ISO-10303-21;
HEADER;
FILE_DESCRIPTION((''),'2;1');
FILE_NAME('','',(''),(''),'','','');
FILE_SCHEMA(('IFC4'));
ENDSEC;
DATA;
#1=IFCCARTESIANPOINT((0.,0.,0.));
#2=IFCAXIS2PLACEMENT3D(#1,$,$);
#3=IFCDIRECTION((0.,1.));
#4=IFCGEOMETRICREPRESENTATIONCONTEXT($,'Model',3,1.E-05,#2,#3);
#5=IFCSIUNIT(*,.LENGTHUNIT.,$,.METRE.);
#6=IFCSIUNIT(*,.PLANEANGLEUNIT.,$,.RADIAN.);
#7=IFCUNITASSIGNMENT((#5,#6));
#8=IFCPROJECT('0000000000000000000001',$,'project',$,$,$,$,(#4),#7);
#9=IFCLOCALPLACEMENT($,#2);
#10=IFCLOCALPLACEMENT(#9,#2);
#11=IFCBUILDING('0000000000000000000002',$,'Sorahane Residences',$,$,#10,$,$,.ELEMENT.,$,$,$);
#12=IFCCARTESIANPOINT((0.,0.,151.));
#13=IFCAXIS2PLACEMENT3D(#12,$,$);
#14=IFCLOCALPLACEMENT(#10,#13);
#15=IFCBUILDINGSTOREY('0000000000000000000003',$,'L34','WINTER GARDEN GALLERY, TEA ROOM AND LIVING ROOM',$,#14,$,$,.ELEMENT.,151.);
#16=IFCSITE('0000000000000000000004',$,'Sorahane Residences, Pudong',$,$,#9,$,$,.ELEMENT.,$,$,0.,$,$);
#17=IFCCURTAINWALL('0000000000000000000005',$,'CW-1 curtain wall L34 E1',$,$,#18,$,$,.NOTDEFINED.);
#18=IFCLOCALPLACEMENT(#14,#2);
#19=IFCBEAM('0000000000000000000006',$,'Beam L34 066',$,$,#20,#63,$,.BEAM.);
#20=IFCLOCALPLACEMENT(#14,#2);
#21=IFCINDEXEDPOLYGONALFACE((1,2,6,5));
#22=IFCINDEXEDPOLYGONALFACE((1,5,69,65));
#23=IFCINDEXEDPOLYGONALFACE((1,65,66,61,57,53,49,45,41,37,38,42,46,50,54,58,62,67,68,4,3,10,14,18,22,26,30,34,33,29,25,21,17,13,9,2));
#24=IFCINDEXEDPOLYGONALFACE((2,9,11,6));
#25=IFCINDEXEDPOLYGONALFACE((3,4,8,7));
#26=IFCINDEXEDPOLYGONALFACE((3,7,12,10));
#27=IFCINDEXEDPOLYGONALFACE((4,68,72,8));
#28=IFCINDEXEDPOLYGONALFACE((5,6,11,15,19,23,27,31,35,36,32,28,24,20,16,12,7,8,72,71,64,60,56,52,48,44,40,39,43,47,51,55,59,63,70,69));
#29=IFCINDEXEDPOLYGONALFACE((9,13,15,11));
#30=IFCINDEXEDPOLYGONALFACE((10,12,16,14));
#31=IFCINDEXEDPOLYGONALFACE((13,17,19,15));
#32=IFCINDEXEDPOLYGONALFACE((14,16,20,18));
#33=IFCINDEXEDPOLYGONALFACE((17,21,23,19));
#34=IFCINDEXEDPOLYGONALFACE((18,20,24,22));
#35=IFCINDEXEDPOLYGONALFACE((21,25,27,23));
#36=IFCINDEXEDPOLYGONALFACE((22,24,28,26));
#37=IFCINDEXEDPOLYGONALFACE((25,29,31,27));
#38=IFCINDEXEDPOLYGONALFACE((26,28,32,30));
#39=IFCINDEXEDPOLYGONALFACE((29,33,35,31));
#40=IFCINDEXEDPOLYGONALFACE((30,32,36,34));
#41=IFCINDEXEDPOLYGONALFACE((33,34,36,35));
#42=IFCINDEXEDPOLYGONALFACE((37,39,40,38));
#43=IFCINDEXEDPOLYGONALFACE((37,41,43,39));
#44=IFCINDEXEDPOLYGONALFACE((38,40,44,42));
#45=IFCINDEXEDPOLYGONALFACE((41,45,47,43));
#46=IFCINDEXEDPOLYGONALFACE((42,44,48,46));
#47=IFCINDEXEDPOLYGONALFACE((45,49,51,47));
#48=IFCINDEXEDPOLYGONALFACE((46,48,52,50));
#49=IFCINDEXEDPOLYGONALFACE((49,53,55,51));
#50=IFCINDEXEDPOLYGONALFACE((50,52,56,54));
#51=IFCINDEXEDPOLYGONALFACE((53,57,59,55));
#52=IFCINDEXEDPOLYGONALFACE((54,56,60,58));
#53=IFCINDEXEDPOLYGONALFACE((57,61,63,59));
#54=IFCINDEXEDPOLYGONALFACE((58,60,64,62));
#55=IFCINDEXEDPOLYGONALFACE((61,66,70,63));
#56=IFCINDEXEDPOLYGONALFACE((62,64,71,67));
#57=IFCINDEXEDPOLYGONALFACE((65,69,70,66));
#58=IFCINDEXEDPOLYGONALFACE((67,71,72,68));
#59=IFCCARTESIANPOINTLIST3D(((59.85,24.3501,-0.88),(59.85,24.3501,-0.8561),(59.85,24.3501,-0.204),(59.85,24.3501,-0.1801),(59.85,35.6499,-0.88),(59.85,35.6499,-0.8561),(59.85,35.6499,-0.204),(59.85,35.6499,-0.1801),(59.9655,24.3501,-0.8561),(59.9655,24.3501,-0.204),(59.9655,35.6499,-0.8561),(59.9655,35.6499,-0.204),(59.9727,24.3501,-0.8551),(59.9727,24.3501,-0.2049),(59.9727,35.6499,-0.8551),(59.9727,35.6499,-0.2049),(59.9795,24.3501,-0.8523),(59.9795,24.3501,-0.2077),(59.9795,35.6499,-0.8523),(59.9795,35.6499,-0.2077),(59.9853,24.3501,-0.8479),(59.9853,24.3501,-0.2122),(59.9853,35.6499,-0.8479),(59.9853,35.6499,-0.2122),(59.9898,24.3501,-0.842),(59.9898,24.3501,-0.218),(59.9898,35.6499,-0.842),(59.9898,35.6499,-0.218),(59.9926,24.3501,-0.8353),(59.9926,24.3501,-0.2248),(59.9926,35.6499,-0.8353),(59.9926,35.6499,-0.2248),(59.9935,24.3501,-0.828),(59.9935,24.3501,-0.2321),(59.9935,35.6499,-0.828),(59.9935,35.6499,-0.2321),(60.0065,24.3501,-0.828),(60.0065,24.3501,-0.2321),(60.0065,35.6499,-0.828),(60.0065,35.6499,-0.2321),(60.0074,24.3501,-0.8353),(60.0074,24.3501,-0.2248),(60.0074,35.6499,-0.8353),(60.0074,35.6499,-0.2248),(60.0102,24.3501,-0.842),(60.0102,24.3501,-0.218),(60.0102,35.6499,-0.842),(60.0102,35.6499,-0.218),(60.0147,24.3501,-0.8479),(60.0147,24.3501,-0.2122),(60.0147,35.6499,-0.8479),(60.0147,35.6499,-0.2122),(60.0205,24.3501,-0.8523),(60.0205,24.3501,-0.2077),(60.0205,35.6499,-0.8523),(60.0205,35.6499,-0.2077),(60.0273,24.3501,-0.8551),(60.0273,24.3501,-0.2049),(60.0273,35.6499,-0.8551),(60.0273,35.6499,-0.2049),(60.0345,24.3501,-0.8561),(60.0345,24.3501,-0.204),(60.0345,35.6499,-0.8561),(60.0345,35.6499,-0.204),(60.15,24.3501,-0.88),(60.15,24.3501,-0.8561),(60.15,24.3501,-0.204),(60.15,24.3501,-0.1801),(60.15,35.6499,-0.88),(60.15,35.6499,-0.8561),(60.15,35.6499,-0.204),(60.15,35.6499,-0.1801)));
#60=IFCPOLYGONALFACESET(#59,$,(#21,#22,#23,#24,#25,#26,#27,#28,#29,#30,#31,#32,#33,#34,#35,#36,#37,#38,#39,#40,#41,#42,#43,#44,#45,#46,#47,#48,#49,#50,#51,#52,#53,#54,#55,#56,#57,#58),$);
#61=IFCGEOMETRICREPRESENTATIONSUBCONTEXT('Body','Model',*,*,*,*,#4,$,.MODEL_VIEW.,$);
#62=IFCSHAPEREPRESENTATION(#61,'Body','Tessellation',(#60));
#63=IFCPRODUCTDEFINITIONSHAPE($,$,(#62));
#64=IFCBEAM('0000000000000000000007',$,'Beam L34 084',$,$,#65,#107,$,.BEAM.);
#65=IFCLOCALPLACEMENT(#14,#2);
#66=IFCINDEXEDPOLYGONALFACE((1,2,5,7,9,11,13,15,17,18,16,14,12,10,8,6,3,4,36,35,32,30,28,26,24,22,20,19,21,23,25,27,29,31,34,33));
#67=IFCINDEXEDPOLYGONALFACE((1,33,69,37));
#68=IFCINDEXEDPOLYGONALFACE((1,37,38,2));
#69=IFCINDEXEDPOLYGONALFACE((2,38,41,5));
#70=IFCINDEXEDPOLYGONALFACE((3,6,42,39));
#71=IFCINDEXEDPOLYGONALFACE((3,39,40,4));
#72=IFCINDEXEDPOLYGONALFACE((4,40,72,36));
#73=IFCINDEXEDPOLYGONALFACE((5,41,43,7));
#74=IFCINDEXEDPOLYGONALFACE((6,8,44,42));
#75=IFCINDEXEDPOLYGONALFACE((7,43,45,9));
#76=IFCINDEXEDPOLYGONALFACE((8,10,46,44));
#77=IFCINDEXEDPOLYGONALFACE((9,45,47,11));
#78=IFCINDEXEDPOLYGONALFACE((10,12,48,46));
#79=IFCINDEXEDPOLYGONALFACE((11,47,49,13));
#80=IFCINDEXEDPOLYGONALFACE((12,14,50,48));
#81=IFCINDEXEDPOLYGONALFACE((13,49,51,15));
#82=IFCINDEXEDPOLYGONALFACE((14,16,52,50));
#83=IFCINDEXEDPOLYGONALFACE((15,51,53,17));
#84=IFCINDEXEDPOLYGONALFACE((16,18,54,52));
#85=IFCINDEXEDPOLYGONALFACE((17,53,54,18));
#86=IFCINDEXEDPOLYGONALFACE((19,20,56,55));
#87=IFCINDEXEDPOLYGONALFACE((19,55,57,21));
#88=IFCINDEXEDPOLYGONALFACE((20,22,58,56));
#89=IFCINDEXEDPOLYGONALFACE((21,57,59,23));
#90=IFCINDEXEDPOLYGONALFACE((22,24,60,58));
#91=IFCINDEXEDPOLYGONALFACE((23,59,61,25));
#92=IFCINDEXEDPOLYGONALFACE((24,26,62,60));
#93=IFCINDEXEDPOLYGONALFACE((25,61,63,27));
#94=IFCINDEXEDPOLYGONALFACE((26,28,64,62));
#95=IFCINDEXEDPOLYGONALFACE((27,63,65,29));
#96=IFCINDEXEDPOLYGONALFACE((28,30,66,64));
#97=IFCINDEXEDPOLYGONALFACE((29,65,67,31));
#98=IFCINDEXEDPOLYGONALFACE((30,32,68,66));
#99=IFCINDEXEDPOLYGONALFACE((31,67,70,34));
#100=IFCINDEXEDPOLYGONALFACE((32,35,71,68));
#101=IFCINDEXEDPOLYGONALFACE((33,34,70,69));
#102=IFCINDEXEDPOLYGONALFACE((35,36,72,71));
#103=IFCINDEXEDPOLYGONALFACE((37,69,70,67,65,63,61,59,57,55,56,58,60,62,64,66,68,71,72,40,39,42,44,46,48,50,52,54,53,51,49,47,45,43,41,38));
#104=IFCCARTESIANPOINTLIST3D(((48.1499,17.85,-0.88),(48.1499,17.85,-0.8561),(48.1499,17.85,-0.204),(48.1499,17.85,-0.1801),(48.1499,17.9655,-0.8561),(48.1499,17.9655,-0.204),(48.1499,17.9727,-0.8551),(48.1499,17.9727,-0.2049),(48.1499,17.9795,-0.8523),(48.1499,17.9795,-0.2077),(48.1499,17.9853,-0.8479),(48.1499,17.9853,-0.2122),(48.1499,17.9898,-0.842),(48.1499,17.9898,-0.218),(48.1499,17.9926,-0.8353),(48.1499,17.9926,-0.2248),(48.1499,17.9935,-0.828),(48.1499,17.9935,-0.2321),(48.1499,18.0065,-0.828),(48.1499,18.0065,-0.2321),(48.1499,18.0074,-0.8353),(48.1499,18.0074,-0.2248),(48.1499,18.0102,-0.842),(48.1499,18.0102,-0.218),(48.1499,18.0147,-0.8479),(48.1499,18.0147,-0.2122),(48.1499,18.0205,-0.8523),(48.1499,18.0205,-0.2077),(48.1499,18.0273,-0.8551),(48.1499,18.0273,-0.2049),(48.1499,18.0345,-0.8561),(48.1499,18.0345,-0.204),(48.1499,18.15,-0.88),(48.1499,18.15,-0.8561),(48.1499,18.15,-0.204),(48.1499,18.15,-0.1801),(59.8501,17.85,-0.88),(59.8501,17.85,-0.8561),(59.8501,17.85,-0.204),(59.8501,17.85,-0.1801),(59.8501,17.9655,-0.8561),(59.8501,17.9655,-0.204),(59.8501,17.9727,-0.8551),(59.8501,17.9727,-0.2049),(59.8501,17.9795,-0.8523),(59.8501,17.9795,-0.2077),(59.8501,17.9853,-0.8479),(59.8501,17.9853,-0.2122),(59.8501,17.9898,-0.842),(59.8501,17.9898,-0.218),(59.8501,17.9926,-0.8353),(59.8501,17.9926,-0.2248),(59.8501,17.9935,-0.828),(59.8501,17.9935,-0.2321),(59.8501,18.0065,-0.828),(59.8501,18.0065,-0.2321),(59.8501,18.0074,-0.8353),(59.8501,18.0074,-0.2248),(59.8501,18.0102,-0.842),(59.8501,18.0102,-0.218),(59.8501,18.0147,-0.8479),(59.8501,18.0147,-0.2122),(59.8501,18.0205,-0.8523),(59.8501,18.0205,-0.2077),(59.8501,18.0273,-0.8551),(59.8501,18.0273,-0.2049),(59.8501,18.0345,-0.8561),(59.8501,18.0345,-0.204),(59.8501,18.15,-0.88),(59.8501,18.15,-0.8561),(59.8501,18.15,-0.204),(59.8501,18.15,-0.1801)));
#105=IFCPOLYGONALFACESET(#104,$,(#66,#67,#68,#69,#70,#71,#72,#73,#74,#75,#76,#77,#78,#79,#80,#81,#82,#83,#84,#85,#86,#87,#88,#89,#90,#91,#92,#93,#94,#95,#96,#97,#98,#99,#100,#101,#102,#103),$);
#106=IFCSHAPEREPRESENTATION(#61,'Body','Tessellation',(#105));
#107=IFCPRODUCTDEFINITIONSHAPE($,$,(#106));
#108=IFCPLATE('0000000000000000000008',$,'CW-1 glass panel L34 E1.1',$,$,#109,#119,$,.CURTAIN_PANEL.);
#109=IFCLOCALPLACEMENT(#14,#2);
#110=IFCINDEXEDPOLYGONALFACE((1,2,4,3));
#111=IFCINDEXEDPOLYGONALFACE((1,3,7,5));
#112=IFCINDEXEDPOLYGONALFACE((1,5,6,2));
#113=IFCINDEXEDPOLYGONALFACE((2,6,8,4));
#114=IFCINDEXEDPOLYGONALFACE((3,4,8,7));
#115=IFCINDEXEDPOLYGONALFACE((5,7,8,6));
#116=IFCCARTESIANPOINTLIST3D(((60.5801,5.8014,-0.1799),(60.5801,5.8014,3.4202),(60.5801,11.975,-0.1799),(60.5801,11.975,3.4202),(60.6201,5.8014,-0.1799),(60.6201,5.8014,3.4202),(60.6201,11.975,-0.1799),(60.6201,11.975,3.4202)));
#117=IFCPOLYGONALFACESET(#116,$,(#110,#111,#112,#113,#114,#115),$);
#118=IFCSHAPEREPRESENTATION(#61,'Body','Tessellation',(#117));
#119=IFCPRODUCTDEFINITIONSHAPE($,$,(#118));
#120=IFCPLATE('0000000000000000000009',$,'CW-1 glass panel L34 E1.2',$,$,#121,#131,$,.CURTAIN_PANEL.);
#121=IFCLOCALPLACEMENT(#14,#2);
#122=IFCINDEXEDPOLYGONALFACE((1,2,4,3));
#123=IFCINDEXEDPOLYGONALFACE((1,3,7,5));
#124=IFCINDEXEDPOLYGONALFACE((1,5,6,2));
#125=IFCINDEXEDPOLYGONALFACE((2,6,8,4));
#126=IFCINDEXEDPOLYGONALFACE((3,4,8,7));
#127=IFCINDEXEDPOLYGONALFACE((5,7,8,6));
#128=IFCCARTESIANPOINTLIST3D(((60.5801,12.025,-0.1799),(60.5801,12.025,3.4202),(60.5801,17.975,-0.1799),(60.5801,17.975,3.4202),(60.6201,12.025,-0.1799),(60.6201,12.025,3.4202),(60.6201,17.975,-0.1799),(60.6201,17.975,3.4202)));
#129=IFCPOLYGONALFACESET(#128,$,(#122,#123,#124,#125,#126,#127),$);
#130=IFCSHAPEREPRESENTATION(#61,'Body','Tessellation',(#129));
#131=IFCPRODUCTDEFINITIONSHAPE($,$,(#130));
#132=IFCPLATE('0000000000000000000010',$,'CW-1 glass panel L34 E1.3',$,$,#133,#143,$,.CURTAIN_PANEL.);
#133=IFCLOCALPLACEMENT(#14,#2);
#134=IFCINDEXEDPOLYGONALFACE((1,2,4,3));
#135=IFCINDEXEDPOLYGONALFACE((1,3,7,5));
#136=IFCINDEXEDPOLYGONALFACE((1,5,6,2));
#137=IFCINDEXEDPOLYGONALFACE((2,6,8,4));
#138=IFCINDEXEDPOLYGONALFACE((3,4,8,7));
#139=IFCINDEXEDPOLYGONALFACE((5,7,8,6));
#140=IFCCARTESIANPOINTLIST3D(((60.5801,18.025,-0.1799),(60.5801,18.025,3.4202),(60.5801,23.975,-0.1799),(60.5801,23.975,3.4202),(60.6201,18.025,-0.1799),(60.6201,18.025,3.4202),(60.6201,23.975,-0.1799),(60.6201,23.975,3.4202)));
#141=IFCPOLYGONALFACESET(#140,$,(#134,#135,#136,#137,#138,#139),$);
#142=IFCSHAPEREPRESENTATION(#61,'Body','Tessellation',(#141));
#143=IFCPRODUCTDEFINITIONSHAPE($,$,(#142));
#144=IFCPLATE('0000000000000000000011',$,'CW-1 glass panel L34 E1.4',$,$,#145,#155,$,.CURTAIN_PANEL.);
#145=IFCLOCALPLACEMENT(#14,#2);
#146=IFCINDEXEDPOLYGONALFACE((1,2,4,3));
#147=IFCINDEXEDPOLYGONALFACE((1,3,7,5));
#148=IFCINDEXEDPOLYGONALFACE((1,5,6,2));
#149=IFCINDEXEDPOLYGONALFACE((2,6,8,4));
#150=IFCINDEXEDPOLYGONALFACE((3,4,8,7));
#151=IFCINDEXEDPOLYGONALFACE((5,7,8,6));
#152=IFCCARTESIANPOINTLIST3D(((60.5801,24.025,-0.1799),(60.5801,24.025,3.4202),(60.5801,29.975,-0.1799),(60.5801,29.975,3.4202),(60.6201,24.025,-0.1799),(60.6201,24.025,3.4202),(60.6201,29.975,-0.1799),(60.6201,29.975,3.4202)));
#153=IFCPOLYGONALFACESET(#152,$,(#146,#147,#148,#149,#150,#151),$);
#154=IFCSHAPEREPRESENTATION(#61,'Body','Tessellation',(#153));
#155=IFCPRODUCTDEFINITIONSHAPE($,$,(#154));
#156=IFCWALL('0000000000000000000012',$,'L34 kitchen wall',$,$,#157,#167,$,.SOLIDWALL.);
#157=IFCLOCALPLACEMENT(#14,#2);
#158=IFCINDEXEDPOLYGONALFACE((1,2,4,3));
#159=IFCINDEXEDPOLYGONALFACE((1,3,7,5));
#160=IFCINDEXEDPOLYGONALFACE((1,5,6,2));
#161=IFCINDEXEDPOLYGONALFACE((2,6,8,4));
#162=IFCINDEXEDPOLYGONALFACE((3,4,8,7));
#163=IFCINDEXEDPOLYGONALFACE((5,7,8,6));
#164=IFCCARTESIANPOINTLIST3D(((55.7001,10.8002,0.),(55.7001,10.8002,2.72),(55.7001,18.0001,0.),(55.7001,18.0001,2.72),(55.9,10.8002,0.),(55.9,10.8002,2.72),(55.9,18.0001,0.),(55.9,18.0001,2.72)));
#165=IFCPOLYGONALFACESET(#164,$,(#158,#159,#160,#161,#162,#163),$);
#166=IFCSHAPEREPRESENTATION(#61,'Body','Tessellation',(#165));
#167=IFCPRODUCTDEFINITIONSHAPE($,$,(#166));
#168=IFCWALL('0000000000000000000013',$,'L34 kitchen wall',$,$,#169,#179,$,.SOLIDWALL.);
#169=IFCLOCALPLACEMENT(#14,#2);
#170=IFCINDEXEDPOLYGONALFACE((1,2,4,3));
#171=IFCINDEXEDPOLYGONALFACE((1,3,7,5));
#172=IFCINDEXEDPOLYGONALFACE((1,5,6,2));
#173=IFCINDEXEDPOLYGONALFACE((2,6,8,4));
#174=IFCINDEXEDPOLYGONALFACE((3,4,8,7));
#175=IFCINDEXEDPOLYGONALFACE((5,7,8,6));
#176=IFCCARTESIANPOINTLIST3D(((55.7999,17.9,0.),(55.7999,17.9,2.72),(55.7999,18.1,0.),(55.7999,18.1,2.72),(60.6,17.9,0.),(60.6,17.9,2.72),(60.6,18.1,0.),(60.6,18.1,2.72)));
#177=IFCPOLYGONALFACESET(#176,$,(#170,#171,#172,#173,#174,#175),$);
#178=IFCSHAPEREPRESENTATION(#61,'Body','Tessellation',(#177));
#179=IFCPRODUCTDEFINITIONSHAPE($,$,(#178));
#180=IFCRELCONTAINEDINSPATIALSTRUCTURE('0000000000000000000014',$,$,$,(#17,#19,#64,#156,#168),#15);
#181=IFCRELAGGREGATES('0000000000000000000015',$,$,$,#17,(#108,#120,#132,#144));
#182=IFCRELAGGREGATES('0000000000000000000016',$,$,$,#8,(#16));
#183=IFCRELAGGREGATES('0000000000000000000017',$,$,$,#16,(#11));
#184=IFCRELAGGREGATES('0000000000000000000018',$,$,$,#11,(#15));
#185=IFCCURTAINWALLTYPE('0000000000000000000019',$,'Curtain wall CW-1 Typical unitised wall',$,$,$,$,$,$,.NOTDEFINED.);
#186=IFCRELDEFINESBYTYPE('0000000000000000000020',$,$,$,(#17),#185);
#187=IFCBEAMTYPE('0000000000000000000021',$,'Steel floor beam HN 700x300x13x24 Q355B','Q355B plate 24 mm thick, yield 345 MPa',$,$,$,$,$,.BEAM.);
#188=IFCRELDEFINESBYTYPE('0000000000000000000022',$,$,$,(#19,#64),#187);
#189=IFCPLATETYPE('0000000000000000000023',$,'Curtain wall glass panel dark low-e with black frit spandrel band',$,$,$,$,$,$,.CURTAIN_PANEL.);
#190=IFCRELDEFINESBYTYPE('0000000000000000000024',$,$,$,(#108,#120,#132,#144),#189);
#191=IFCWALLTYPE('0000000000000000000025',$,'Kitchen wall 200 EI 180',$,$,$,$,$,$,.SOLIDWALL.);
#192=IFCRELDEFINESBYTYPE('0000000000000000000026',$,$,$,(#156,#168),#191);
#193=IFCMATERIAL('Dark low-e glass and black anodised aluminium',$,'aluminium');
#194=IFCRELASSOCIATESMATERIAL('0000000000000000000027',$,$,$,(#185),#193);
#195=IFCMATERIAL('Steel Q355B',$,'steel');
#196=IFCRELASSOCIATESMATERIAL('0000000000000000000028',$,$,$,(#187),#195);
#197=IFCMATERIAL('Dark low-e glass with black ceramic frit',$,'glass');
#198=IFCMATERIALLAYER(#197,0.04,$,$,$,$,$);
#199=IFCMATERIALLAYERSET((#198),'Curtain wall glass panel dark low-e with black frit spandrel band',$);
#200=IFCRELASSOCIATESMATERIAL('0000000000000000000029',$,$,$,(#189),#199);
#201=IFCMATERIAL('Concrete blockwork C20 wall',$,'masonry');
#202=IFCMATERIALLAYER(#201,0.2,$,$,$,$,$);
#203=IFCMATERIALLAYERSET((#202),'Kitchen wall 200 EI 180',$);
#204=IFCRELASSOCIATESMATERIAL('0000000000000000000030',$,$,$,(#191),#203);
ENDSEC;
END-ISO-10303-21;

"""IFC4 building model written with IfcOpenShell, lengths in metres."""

from ifc_helpers import new_model, si_unit, direction, frame, frame_2d, origin, origin_2d, place, context, subcontext, project, spatial, rectangle, i_section, extrude, material, layer, layer_set, material_profile, profile_set, type_object, element, aggregate, save


model = new_model("IFC4")

# Units and contexts
model_context = context("Model", 3, precision=1e-05, world=origin(), true_north=direction((0.0, 1.0)))
body_context = subcontext(model_context, "Body", "Model", "MODEL_VIEW")
ifc_project = project(units=[si_unit("LENGTHUNIT", "METRE"), si_unit("PLANEANGLEUNIT", "RADIAN")], contexts=[model_context])

# Site, building, storey
site_placement = place(None, origin())
site = spatial("IfcSite", under=ifc_project, at=site_placement, Name="Sorahane Residences, Pudong", CompositionType="ELEMENT", RefElevation=0.0)
building_placement = place(site_placement, origin())
building = spatial("IfcBuilding", under=site, at=building_placement, Name="Sorahane Residences", CompositionType="ELEMENT")
storey_placement = place(building_placement, frame((0.0, 0.0, 151.0)))
storey = spatial("IfcBuildingStorey", under=building, at=storey_placement, Name="L34", Description="WINTER GARDEN GALLERY, TEA ROOM AND LIVING ROOM", CompositionType="ELEMENT", Elevation=151.0)

# Curtain wall
ifc_material_1 = material(Name="Dark low-e glass and black anodised aluminium", Category="aluminium")
curtain_wall_type = type_object("IfcCurtainWallType", Name="Curtain wall CW-1 Typical unitised wall", PredefinedType="NOTDEFINED", material=ifc_material_1)
curtain_wall_placement = place(storey_placement, origin())
curtain_wall = element("IfcCurtainWall", 1, at=curtain_wall_placement, inside=storey, type_object=curtain_wall_type, Name="CW-1 curtain wall L34 E1", PredefinedType="NOTDEFINED")

# Beams
ifc_material_2 = material(Name="Steel Q355B", Category="steel")
ifc_material_profile_1 = material_profile(ifc_material_2, i_section(OverallWidth=0.3, OverallDepth=0.7, WebThickness=0.0129, FlangeThickness=0.0239, FilletRadius=0.0281, at=origin_2d()), Name="HN 700x300x13x24")
ifc_profile_set_1 = profile_set([ifc_material_profile_1], Name="Steel Q355B")
beam_type_1 = type_object("IfcBeamType", Name="Steel floor beam HN 700x300x13x24 Q355B", Description="Q355B plate 24 mm thick, yield 345 MPa", PredefinedType="BEAM", material=ifc_profile_set_1)
for number, where, z_axis, x_axis, name in (
    (2, (60.0, 24.3501, -0.53), (0.0, 1.0, 0.0), (-1.0, 0.0, 0.0), "Beam L34 066"),
):
    element("IfcBeam", number, at=place(storey_placement, frame(where, z_axis=z_axis, x_axis=x_axis)), inside=storey, type_object=beam_type_1, Name=name, PredefinedType="BEAM", context=body_context, shape_type="SweptSolid", body=[
        extrude(i_section(OverallWidth=0.3, OverallDepth=0.7, WebThickness=0.0129, FlangeThickness=0.0239, FilletRadius=0.0281, at=origin_2d()), origin(), (0.0, 0.0, 1.0), 11.2998),
    ])
beam_1_placement = place(storey_placement, frame((48.1499, 18.0, -0.53), z_axis=(1.0, 0.0, 0.0), x_axis=(0.0, 1.0, 0.0)))
element("IfcBeam", 3, at=beam_1_placement, inside=storey, type_object=beam_type_1, Name="Beam L34 084", PredefinedType="BEAM", context=body_context, shape_type="SweptSolid", body=[
    extrude(i_section(OverallWidth=0.3, OverallDepth=0.7, WebThickness=0.0129, FlangeThickness=0.0239, FilletRadius=0.0281, at=origin_2d()), origin(), (0.0, 0.0, 1.0), 11.7002),
])

# Plates
ifc_material_3 = material(Name="Dark low-e glass with black ceramic frit", Category="glass")
ifc_layer_1 = layer(ifc_material_3, 0.04)
ifc_layer_set_1 = layer_set([ifc_layer_1], Name="Curtain wall glass panel dark low-e with black frit spandrel band")
plate_type = type_object("IfcPlateType", Name="Curtain wall glass panel dark low-e with black frit spandrel band", PredefinedType="CURTAIN_PANEL", material=ifc_layer_set_1)
plate_1_placement = place(storey_placement, frame((60.6001, 8.8882, -0.1799), z_axis=(0.0, 0.0, 1.0), x_axis=(0.0, 1.0, 0.0)))
plate_1 = element("IfcPlate", 4, at=plate_1_placement, type_object=plate_type, Name="CW-1 glass panel L34 E1.1", PredefinedType="CURTAIN_PANEL", context=body_context, shape_type="SweptSolid", body=[
    extrude(rectangle(XDim=6.1736, YDim=0.04, at=origin_2d()), origin(), (0.0, 0.0, 1.0), 3.6001),
])
plate_2_placement = place(storey_placement, frame((60.6001, 15.0, -0.1799), z_axis=(0.0, 0.0, 1.0), x_axis=(0.0, 1.0, 0.0)))
plate_2 = element("IfcPlate", 5, at=plate_2_placement, type_object=plate_type, Name="CW-1 glass panel L34 E1.2", PredefinedType="CURTAIN_PANEL", context=body_context, shape_type="SweptSolid", body=[
    extrude(rectangle(XDim=5.95, YDim=0.04, at=origin_2d()), origin(), (0.0, 0.0, 1.0), 3.6001),
])
plate_3_placement = place(storey_placement, frame((60.6001, 21.0, -0.1799), z_axis=(0.0, 0.0, 1.0), x_axis=(0.0, 1.0, 0.0)))
plate_3 = element("IfcPlate", 6, at=plate_3_placement, type_object=plate_type, Name="CW-1 glass panel L34 E1.3", PredefinedType="CURTAIN_PANEL", context=body_context, shape_type="SweptSolid", body=[
    extrude(rectangle(XDim=5.95, YDim=0.04, at=origin_2d()), origin(), (0.0, 0.0, 1.0), 3.6001),
])
plate_4_placement = place(storey_placement, frame((60.6001, 27.0, -0.1799), z_axis=(0.0, 0.0, 1.0), x_axis=(0.0, 1.0, 0.0)))
plate_4 = element("IfcPlate", 7, at=plate_4_placement, type_object=plate_type, Name="CW-1 glass panel L34 E1.4", PredefinedType="CURTAIN_PANEL", context=body_context, shape_type="SweptSolid", body=[
    extrude(rectangle(XDim=5.95, YDim=0.04, at=origin_2d()), origin(), (0.0, 0.0, 1.0), 3.6001),
])
aggregate(curtain_wall, [plate_1, plate_2, plate_3, plate_4])

# Shared definitions
ifc_material_4 = material(Name="Concrete blockwork C20 wall", Category="masonry")
ifc_layer_2 = layer(ifc_material_4, 0.2)
ifc_layer_set_2 = layer_set([ifc_layer_2], Name="Kitchen wall 200 EI 180")
wall_type_1 = type_object("IfcWallType", Name="Kitchen wall 200 EI 180", PredefinedType="SOLIDWALL", material=ifc_layer_set_2)

# Wall
wall_1_placement = place(storey_placement, frame((55.8, 10.8, 0.0), z_axis=(0.0, 0.0, 1.0), x_axis=(0.0, 1.0, 0.0)))
element("IfcWall", 8, at=wall_1_placement, inside=storey, type_object=wall_type_1, Name="L34 kitchen wall", PredefinedType="SOLIDWALL", context=body_context, shape_type="SweptSolid", body=[
    extrude(rectangle(XDim=7.2, YDim=0.2, at=frame_2d((3.6001, 0.0))), origin(), (0.0, 0.0, 1.0), 2.72),
])

# Wall
wall_2_placement = place(storey_placement, frame((55.8, 18.0, 0.0), z_axis=(0.0, 0.0, 1.0), x_axis=(1.0, 0.0, 0.0)))
element("IfcWall", 9, at=wall_2_placement, inside=storey, type_object=wall_type_1, Name="L34 kitchen wall", PredefinedType="SOLIDWALL", context=body_context, shape_type="SweptSolid", body=[
    extrude(rectangle(XDim=4.8, YDim=0.2, at=frame_2d((2.3999, 0.0))), origin(), (0.0, 0.0, 1.0), 2.72),
])

save(model, "model.ifc")
